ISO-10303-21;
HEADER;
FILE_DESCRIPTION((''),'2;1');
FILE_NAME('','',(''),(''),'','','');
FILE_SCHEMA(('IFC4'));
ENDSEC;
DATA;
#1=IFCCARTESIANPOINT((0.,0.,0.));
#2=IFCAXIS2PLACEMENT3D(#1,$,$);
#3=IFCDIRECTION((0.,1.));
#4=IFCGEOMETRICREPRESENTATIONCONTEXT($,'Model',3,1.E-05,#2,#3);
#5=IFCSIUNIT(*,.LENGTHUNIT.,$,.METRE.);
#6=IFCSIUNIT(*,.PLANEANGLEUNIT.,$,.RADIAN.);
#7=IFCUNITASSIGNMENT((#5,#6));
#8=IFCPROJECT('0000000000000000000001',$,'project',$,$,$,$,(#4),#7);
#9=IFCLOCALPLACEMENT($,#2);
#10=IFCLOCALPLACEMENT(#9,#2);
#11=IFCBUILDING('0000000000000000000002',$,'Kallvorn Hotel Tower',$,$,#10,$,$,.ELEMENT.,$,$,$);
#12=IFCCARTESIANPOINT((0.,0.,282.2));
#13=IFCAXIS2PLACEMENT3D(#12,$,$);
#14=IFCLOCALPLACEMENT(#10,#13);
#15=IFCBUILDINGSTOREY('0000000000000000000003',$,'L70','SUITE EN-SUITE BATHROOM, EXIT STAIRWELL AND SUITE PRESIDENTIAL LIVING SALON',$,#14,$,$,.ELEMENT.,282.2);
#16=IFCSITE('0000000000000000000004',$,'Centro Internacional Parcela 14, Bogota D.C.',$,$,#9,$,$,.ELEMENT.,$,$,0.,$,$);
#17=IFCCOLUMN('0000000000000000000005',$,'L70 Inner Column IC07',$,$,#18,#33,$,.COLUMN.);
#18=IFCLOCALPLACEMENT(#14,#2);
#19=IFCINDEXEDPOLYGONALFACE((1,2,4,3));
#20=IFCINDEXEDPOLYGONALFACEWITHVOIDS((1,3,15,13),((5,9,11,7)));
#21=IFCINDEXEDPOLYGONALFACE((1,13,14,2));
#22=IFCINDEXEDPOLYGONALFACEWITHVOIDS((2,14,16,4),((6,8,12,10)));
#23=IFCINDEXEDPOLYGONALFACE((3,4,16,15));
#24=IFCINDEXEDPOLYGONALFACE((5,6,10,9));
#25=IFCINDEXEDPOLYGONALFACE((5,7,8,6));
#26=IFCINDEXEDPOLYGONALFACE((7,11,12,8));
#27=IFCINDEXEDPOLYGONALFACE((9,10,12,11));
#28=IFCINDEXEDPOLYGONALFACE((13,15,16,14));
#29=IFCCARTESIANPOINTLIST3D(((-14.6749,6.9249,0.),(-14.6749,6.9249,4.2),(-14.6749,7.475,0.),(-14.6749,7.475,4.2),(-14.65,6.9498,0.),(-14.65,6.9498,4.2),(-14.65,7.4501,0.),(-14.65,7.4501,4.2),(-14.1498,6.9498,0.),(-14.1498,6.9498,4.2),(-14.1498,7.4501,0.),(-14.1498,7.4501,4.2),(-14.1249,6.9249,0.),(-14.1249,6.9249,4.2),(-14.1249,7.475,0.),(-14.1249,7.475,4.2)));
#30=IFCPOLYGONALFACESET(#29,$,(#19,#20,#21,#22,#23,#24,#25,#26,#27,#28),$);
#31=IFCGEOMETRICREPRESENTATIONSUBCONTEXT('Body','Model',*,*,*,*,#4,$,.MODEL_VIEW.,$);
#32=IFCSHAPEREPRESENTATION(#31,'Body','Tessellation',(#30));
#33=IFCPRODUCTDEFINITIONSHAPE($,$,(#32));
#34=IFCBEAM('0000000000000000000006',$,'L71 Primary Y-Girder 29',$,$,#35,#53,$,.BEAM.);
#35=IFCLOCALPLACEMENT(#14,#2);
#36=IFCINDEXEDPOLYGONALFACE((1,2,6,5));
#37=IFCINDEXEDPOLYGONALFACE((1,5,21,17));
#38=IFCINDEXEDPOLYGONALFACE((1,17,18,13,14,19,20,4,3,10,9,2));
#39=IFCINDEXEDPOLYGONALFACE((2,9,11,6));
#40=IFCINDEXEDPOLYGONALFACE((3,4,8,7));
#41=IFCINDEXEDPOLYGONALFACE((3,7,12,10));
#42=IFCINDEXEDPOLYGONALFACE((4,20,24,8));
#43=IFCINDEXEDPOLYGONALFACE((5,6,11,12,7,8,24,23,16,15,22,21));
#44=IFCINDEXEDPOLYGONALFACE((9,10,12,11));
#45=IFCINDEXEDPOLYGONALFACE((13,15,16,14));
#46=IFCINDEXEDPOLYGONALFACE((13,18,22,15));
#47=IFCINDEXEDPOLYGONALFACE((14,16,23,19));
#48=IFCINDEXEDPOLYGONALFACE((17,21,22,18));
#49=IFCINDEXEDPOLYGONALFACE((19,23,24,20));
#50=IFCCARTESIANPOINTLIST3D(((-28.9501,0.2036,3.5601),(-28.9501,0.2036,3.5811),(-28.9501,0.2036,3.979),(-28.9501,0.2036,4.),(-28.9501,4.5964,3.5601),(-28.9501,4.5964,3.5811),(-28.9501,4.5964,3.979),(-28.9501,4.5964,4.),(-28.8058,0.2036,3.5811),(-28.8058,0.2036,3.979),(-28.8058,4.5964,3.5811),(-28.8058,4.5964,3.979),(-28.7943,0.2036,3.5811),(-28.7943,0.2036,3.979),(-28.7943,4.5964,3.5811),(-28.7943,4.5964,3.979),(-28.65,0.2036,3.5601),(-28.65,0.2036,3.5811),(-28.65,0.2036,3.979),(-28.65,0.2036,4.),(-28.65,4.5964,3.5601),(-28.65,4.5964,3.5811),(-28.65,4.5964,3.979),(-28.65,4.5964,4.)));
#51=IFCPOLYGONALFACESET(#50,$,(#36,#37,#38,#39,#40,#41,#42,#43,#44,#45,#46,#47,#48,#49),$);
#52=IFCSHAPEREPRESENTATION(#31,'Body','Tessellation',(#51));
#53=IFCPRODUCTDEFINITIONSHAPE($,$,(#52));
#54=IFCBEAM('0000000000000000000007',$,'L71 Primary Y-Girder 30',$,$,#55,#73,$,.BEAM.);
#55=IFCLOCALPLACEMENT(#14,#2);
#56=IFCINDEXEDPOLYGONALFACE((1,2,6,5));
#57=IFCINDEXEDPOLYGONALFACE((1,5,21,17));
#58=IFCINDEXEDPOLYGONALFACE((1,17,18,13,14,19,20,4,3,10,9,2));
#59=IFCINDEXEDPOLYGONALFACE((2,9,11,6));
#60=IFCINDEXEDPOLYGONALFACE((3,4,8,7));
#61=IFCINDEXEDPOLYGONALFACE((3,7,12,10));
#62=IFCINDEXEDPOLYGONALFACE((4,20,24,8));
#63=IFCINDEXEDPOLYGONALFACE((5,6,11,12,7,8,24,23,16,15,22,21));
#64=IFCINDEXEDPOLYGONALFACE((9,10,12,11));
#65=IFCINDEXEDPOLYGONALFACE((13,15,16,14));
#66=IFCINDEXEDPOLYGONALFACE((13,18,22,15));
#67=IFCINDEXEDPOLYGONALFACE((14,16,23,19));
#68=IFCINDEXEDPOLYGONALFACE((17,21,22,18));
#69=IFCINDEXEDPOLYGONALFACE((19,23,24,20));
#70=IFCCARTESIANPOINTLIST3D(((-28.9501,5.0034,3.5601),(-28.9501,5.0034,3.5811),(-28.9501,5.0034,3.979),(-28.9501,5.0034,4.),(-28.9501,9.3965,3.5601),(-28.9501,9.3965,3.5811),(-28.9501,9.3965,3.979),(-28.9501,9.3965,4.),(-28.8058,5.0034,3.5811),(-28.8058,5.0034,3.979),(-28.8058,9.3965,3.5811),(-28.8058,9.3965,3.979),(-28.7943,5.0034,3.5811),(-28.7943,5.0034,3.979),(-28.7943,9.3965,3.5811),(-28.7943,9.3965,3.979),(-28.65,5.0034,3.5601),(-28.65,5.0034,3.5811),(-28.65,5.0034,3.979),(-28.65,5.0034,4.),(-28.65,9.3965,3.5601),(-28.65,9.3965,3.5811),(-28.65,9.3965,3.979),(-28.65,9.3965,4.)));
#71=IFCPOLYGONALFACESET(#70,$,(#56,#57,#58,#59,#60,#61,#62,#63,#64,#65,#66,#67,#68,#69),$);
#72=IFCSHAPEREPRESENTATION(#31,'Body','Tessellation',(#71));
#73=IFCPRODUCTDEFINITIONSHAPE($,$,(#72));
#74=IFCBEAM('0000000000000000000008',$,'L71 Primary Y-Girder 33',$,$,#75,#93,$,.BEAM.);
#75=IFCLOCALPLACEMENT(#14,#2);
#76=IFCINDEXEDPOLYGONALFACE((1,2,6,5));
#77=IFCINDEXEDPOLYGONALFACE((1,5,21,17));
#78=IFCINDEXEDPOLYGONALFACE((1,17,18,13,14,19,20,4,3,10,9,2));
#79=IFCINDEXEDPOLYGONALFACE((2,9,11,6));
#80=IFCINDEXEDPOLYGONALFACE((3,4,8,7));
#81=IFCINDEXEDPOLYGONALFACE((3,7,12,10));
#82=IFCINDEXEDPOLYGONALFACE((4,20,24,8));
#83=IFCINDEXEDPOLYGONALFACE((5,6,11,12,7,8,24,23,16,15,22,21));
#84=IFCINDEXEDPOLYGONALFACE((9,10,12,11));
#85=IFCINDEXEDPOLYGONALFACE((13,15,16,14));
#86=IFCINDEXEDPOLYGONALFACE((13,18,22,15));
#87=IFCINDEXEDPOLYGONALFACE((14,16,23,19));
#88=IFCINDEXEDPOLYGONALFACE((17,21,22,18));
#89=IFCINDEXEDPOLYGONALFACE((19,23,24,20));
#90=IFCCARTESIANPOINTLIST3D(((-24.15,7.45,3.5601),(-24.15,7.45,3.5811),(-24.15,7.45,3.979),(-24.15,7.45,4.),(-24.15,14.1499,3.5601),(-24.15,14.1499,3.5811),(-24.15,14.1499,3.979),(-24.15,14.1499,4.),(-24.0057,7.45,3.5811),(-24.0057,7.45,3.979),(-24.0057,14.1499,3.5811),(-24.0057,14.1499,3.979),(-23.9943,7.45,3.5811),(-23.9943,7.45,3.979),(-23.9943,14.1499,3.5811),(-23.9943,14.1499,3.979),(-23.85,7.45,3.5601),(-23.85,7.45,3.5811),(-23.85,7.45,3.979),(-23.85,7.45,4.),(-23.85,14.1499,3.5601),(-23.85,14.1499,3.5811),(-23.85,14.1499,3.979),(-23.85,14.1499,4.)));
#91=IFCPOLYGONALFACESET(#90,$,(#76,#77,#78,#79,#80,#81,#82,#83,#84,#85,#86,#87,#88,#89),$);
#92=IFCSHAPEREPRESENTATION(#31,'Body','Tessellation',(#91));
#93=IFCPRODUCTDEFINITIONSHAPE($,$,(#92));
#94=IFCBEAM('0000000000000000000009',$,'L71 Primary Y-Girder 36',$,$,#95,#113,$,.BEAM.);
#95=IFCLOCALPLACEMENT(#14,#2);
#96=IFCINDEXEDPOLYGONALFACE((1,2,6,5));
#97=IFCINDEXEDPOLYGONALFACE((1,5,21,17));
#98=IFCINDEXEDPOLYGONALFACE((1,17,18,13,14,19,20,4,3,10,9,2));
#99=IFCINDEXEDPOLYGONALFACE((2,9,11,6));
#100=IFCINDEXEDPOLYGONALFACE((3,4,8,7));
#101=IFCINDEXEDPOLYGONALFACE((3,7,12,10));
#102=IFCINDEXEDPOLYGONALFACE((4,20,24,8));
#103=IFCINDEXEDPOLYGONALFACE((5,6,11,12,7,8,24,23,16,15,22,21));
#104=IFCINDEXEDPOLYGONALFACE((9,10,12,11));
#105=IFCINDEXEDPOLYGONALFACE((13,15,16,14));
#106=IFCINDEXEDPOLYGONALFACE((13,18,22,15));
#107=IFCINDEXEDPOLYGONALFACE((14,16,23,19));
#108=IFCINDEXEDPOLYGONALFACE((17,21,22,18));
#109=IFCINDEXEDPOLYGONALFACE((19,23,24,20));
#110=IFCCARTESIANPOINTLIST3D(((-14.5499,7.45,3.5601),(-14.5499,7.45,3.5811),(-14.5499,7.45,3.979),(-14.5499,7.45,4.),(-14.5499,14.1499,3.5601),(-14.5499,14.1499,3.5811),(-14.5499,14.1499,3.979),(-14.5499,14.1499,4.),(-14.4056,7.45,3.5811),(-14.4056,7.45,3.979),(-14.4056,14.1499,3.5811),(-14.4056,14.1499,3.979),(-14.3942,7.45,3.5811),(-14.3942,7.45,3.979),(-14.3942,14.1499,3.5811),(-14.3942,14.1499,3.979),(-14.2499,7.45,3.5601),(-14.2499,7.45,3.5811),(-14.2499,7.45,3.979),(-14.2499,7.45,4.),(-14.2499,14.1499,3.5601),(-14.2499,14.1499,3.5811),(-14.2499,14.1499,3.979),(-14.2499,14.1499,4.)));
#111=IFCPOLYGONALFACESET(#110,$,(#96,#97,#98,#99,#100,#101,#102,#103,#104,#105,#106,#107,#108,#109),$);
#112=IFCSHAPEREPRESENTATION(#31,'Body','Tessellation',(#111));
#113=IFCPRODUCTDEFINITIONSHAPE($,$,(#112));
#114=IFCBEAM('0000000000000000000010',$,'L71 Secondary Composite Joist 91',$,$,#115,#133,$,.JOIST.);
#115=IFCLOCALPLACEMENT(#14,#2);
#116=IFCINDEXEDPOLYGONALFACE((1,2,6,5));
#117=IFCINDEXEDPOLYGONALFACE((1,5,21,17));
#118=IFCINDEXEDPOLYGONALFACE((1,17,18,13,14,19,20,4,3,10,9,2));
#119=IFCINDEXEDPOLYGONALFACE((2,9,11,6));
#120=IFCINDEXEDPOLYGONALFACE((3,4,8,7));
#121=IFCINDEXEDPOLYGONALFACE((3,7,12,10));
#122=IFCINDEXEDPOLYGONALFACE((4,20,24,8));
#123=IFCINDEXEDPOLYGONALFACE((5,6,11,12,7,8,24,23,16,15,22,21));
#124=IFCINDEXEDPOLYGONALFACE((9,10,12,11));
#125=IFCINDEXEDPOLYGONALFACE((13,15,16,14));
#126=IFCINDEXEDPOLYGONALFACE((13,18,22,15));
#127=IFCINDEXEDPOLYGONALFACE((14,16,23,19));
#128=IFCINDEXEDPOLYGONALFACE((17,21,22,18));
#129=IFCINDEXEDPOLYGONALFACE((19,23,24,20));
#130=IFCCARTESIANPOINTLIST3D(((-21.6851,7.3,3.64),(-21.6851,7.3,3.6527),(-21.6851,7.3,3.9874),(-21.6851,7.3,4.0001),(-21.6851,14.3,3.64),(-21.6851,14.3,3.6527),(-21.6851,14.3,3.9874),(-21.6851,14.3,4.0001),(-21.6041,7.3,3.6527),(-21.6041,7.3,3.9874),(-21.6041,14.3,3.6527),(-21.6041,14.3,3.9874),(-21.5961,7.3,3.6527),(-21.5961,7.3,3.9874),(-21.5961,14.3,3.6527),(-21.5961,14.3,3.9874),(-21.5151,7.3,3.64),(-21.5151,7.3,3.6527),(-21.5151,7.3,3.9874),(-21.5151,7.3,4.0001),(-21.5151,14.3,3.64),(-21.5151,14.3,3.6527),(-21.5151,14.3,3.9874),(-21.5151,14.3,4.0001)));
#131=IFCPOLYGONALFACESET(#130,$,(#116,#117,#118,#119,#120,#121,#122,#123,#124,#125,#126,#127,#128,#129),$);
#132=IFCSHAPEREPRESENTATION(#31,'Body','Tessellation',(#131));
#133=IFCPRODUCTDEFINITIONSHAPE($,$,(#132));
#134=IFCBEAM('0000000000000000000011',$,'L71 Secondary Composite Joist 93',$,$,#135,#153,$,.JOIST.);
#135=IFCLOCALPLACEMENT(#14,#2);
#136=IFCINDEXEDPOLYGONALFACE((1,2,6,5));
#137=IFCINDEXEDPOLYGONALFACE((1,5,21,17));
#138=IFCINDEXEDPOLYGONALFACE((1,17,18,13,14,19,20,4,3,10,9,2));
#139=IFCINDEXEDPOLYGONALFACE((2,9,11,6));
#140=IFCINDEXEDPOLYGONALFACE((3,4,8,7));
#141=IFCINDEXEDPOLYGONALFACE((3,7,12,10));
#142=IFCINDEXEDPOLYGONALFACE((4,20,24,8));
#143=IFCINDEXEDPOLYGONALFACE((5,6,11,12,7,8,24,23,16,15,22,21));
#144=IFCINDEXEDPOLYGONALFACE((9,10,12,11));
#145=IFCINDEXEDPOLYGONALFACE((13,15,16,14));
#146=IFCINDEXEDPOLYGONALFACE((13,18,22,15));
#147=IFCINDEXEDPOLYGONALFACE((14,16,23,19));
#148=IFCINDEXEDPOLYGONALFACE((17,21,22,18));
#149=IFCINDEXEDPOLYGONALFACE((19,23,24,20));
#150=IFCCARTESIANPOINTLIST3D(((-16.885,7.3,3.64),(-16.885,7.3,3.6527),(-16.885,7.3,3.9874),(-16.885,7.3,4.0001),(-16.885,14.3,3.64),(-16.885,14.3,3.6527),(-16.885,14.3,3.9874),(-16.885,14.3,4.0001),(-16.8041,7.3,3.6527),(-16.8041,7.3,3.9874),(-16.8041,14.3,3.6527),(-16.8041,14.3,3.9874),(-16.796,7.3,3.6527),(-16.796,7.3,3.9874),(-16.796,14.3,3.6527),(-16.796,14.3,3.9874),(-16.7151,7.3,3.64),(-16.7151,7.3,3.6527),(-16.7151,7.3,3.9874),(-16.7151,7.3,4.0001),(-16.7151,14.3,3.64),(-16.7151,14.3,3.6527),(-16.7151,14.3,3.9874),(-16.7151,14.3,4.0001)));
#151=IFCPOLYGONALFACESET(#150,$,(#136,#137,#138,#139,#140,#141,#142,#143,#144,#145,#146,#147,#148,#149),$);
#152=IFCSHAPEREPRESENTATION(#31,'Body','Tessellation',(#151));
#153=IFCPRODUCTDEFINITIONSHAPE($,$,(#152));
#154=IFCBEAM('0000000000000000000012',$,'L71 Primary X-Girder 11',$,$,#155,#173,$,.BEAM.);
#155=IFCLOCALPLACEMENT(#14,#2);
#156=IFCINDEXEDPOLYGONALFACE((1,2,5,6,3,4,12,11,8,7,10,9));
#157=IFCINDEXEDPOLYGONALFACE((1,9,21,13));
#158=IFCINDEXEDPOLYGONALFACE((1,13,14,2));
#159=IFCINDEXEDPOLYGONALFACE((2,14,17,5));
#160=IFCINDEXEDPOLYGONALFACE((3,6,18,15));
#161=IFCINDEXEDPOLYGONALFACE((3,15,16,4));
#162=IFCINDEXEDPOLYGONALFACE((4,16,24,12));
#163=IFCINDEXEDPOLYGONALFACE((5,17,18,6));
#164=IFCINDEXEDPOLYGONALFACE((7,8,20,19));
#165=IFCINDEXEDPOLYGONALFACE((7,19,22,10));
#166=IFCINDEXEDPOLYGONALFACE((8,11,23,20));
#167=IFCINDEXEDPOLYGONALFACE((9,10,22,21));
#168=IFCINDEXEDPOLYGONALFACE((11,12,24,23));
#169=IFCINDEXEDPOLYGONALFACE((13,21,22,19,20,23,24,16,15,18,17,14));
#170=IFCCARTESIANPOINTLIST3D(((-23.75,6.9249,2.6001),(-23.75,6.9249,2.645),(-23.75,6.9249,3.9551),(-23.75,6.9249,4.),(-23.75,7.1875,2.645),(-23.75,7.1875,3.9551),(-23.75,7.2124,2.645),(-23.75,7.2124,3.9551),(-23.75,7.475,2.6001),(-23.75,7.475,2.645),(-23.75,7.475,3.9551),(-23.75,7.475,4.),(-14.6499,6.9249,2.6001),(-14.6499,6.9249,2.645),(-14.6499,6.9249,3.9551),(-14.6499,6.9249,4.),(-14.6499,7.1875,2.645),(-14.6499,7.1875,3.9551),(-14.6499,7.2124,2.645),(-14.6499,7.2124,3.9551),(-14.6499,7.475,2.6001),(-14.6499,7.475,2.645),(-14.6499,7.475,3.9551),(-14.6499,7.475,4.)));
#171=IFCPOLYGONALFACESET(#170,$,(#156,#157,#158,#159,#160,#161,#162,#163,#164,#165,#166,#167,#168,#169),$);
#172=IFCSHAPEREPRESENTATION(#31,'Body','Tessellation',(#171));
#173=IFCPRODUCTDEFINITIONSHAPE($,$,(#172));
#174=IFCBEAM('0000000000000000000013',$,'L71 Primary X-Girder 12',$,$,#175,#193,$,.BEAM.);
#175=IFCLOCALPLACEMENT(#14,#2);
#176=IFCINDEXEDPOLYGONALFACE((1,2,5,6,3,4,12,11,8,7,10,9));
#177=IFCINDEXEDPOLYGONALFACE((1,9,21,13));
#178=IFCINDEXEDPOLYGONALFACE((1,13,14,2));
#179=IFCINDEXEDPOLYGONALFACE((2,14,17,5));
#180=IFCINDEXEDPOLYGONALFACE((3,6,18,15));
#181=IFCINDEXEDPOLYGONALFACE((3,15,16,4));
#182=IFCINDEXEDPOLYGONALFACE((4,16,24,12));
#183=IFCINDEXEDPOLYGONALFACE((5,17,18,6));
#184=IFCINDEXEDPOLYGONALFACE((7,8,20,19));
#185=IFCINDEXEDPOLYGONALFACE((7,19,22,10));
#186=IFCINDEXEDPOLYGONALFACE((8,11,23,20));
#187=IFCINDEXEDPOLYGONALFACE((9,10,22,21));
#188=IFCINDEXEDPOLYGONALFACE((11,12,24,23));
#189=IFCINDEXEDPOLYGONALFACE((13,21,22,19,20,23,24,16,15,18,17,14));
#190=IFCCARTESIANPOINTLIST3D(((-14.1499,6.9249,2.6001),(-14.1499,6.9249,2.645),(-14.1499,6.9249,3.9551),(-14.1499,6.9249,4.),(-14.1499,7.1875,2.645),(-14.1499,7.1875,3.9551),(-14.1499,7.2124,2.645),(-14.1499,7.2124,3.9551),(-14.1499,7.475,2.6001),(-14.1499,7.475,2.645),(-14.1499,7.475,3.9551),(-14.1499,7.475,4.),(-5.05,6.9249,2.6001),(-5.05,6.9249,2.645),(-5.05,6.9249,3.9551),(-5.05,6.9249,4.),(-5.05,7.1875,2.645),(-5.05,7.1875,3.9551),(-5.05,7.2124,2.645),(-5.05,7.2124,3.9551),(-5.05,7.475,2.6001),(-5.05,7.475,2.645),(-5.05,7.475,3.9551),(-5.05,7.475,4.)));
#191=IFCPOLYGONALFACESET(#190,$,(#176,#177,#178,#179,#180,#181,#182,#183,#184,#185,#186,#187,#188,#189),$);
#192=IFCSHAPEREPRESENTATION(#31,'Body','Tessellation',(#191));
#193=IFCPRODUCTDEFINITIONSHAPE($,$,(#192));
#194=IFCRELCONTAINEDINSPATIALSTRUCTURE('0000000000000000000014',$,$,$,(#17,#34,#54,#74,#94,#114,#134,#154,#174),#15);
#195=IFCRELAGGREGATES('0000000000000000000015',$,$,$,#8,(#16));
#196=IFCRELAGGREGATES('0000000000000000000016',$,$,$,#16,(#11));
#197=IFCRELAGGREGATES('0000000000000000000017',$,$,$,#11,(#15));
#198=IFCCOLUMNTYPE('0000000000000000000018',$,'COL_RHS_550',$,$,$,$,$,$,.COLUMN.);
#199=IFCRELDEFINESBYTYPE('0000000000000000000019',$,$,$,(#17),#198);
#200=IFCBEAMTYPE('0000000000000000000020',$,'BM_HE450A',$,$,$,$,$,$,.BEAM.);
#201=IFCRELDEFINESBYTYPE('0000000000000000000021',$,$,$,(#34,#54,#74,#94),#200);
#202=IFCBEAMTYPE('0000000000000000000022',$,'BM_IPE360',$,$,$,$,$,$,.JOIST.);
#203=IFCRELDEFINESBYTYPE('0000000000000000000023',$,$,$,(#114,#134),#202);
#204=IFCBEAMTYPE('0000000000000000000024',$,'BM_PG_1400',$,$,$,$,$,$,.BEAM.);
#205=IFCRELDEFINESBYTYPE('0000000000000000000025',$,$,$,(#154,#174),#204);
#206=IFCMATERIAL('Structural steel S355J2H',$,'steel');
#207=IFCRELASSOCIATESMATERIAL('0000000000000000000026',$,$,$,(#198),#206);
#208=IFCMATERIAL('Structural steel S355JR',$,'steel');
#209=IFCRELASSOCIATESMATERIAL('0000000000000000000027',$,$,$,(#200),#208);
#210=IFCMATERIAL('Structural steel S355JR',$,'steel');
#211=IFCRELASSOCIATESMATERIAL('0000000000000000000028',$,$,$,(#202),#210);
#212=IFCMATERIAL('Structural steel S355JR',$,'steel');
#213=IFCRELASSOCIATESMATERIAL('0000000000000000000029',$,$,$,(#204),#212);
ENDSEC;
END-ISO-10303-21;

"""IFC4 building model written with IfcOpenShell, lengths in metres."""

from ifc_helpers import new_model, si_unit, direction, frame, origin, origin_2d, place, context, subcontext, project, spatial, hollow_rectangle, i_section, extrude, material, material_profile, profile_set, type_object, element, save


model = new_model("IFC4")

# Units and contexts
model_context = context("Model", 3, precision=1e-05, world=origin(), true_north=direction((0.0, 1.0)))
body_context = subcontext(model_context, "Body", "Model", "MODEL_VIEW")
ifc_project = project(units=[si_unit("LENGTHUNIT", "METRE"), si_unit("PLANEANGLEUNIT", "RADIAN")], contexts=[model_context])

# Site, building, storey
site_placement = place(None, origin())
site = spatial("IfcSite", under=ifc_project, at=site_placement, Name="Centro Internacional Parcela 14, Bogota D.C.", CompositionType="ELEMENT", RefElevation=0.0)
building_placement = place(site_placement, origin())
building = spatial("IfcBuilding", under=site, at=building_placement, Name="Kallvorn Hotel Tower", CompositionType="ELEMENT")
storey_placement = place(building_placement, frame((0.0, 0.0, 282.2)))
storey = spatial("IfcBuildingStorey", under=building, at=storey_placement, Name="L70", Description="SUITE EN-SUITE BATHROOM, EXIT STAIRWELL AND SUITE PRESIDENTIAL LIVING SALON", CompositionType="ELEMENT", Elevation=282.2)

# Column
ifc_material_1 = material(Name="Structural steel S355J2H", Category="steel")
ifc_material_profile_1 = material_profile(ifc_material_1, hollow_rectangle(XDim=0.55, YDim=0.55, WallThickness=0.0249, at=origin_2d()), Name="RHS 550x550x25")
ifc_profile_set_1 = profile_set([ifc_material_profile_1], Name="Structural steel S355J2H")
column_type_1 = type_object("IfcColumnType", Name="COL_RHS_550", PredefinedType="COLUMN", material=ifc_profile_set_1)
for number, where, z_axis, x_axis, name in (
    (1, (-14.3999, 7.2, 0.0), (0.0, 0.0, 1.0), (1.0, 0.0, 0.0), "L70 Inner Column IC07"),
):
    element("IfcColumn", number, at=place(storey_placement, frame(where, z_axis=z_axis, x_axis=x_axis)), inside=storey, type_object=column_type_1, Name=name, PredefinedType="COLUMN", context=body_context, shape_type="SweptSolid", body=[
        extrude(hollow_rectangle(XDim=0.55, YDim=0.55, WallThickness=0.0249, at=origin_2d()), origin(), (0.0, 0.0, 1.0), 4.2),
    ])

# Beams
ifc_material_2 = material(Name="Structural steel S355JR", Category="steel")
ifc_material_profile_2 = material_profile(ifc_material_2, i_section(OverallWidth=0.3, OverallDepth=0.4399, WebThickness=0.0115, FlangeThickness=0.021, at=origin_2d()), Name="HE 450 A")
ifc_profile_set_2 = profile_set([ifc_material_profile_2], Name="Structural steel S355JR")
beam_type_1 = type_object("IfcBeamType", Name="BM_HE450A", PredefinedType="BEAM", material=ifc_profile_set_2)
beam_1_placement = place(storey_placement, frame((-28.8, 0.2036, 3.78), z_axis=(0.0, 1.0, 0.0), x_axis=(-1.0, 0.0, 0.0)))
element("IfcBeam", 2, at=beam_1_placement, inside=storey, type_object=beam_type_1, Name="L71 Primary Y-Girder 29", PredefinedType="BEAM", context=body_context, shape_type="SweptSolid", body=[
    extrude(i_section(OverallWidth=0.3, OverallDepth=0.4399, WebThickness=0.0115, FlangeThickness=0.021, at=origin_2d()), origin(), (0.0, 0.0, 1.0), 4.3928),
])
beam_2_placement = place(storey_placement, frame((-28.8, 5.0034, 3.78), z_axis=(0.0, 1.0, 0.0), x_axis=(-1.0, 0.0, 0.0)))
element("IfcBeam", 3, at=beam_2_placement, inside=storey, type_object=beam_type_1, Name="L71 Primary Y-Girder 30", PredefinedType="BEAM", context=body_context, shape_type="SweptSolid", body=[
    extrude(i_section(OverallWidth=0.3, OverallDepth=0.4399, WebThickness=0.0115, FlangeThickness=0.021, at=origin_2d()), origin(), (0.0, 0.0, 1.0), 4.3931),
])
for number, where, z_axis, x_axis, name in (
    (4, (-24.0, 7.45, 3.78), (0.0, 1.0, 0.0), (-1.0, 0.0, 0.0), "L71 Primary Y-Girder 33"),
    (5, (-14.3999, 7.45, 3.78), (0.0, 1.0, 0.0), (-1.0, 0.0, 0.0), "L71 Primary Y-Girder 36"),
):
    element("IfcBeam", number, at=place(storey_placement, frame(where, z_axis=z_axis, x_axis=x_axis)), inside=storey, type_object=beam_type_1, Name=name, PredefinedType="BEAM", context=body_context, shape_type="SweptSolid", body=[
        extrude(i_section(OverallWidth=0.3, OverallDepth=0.4399, WebThickness=0.0115, FlangeThickness=0.021, at=origin_2d()), origin(), (0.0, 0.0, 1.0), 6.7),
    ])
ifc_material_3 = material(Name="Structural steel S355JR", Category="steel")
ifc_material_profile_3 = material_profile(ifc_material_3, i_section(OverallWidth=0.1699, OverallDepth=0.3601, WebThickness=0.0081, FlangeThickness=0.0127, at=origin_2d()), Name="IPE 360")
ifc_profile_set_3 = profile_set([ifc_material_profile_3], Name="Structural steel S355JR")
beam_type_2 = type_object("IfcBeamType", Name="BM_IPE360", PredefinedType="JOIST", material=ifc_profile_set_3)
for number, where, z_axis, x_axis, name in (
    (6, (-21.6001, 7.3, 3.8201), (0.0, 1.0, 0.0), (-1.0, 0.0, 0.0), "L71 Secondary Composite Joist 91"),
    (7, (-16.8, 7.3, 3.8201), (0.0, 1.0, 0.0), (-1.0, 0.0, 0.0), "L71 Secondary Composite Joist 93"),
):
    element("IfcBeam", number, at=place(storey_placement, frame(where, z_axis=z_axis, x_axis=x_axis)), inside=storey, type_object=beam_type_2, Name=name, PredefinedType="JOIST", context=body_context, shape_type="SweptSolid", body=[
        extrude(i_section(OverallWidth=0.1699, OverallDepth=0.3601, WebThickness=0.0081, FlangeThickness=0.0127, at=origin_2d()), origin(), (0.0, 0.0, 1.0), 7.0),
    ])
ifc_material_4 = material(Name="Structural steel S355JR", Category="steel")
ifc_material_profile_4 = material_profile(ifc_material_4, i_section(OverallWidth=0.55, OverallDepth=1.3999, WebThickness=0.0249, FlangeThickness=0.0449, at=origin_2d()), Name="PG 1400x550x25x45")
ifc_profile_set_4 = profile_set([ifc_material_profile_4], Name="Structural steel S355JR")
beam_type_3 = type_object("IfcBeamType", Name="BM_PG_1400", PredefinedType="BEAM", material=ifc_profile_set_4)
beam_3_placement = place(storey_placement, frame((-23.75, 7.2, 3.3), z_axis=(1.0, 0.0, 0.0), x_axis=(0.0, 1.0, 0.0)))
element("IfcBeam", 8, at=beam_3_placement, inside=storey, type_object=beam_type_3, Name="L71 Primary X-Girder 11", PredefinedType="BEAM", context=body_context, shape_type="SweptSolid", body=[
    extrude(i_section(OverallWidth=0.55, OverallDepth=1.3999, WebThickness=0.0249, FlangeThickness=0.0449, at=origin_2d()), origin(), (0.0, 0.0, 1.0), 9.1001),
])
beam_4_placement = place(storey_placement, frame((-14.1499, 7.2, 3.3), z_axis=(1.0, 0.0, 0.0), x_axis=(0.0, 1.0, 0.0)))
element("IfcBeam", 9, at=beam_4_placement, inside=storey, type_object=beam_type_3, Name="L71 Primary X-Girder 12", PredefinedType="BEAM", context=body_context, shape_type="SweptSolid", body=[
    extrude(i_section(OverallWidth=0.55, OverallDepth=1.3999, WebThickness=0.0249, FlangeThickness=0.0449, at=origin_2d()), origin(), (0.0, 0.0, 1.0), 9.0999),
])

save(model, "model.ifc")
